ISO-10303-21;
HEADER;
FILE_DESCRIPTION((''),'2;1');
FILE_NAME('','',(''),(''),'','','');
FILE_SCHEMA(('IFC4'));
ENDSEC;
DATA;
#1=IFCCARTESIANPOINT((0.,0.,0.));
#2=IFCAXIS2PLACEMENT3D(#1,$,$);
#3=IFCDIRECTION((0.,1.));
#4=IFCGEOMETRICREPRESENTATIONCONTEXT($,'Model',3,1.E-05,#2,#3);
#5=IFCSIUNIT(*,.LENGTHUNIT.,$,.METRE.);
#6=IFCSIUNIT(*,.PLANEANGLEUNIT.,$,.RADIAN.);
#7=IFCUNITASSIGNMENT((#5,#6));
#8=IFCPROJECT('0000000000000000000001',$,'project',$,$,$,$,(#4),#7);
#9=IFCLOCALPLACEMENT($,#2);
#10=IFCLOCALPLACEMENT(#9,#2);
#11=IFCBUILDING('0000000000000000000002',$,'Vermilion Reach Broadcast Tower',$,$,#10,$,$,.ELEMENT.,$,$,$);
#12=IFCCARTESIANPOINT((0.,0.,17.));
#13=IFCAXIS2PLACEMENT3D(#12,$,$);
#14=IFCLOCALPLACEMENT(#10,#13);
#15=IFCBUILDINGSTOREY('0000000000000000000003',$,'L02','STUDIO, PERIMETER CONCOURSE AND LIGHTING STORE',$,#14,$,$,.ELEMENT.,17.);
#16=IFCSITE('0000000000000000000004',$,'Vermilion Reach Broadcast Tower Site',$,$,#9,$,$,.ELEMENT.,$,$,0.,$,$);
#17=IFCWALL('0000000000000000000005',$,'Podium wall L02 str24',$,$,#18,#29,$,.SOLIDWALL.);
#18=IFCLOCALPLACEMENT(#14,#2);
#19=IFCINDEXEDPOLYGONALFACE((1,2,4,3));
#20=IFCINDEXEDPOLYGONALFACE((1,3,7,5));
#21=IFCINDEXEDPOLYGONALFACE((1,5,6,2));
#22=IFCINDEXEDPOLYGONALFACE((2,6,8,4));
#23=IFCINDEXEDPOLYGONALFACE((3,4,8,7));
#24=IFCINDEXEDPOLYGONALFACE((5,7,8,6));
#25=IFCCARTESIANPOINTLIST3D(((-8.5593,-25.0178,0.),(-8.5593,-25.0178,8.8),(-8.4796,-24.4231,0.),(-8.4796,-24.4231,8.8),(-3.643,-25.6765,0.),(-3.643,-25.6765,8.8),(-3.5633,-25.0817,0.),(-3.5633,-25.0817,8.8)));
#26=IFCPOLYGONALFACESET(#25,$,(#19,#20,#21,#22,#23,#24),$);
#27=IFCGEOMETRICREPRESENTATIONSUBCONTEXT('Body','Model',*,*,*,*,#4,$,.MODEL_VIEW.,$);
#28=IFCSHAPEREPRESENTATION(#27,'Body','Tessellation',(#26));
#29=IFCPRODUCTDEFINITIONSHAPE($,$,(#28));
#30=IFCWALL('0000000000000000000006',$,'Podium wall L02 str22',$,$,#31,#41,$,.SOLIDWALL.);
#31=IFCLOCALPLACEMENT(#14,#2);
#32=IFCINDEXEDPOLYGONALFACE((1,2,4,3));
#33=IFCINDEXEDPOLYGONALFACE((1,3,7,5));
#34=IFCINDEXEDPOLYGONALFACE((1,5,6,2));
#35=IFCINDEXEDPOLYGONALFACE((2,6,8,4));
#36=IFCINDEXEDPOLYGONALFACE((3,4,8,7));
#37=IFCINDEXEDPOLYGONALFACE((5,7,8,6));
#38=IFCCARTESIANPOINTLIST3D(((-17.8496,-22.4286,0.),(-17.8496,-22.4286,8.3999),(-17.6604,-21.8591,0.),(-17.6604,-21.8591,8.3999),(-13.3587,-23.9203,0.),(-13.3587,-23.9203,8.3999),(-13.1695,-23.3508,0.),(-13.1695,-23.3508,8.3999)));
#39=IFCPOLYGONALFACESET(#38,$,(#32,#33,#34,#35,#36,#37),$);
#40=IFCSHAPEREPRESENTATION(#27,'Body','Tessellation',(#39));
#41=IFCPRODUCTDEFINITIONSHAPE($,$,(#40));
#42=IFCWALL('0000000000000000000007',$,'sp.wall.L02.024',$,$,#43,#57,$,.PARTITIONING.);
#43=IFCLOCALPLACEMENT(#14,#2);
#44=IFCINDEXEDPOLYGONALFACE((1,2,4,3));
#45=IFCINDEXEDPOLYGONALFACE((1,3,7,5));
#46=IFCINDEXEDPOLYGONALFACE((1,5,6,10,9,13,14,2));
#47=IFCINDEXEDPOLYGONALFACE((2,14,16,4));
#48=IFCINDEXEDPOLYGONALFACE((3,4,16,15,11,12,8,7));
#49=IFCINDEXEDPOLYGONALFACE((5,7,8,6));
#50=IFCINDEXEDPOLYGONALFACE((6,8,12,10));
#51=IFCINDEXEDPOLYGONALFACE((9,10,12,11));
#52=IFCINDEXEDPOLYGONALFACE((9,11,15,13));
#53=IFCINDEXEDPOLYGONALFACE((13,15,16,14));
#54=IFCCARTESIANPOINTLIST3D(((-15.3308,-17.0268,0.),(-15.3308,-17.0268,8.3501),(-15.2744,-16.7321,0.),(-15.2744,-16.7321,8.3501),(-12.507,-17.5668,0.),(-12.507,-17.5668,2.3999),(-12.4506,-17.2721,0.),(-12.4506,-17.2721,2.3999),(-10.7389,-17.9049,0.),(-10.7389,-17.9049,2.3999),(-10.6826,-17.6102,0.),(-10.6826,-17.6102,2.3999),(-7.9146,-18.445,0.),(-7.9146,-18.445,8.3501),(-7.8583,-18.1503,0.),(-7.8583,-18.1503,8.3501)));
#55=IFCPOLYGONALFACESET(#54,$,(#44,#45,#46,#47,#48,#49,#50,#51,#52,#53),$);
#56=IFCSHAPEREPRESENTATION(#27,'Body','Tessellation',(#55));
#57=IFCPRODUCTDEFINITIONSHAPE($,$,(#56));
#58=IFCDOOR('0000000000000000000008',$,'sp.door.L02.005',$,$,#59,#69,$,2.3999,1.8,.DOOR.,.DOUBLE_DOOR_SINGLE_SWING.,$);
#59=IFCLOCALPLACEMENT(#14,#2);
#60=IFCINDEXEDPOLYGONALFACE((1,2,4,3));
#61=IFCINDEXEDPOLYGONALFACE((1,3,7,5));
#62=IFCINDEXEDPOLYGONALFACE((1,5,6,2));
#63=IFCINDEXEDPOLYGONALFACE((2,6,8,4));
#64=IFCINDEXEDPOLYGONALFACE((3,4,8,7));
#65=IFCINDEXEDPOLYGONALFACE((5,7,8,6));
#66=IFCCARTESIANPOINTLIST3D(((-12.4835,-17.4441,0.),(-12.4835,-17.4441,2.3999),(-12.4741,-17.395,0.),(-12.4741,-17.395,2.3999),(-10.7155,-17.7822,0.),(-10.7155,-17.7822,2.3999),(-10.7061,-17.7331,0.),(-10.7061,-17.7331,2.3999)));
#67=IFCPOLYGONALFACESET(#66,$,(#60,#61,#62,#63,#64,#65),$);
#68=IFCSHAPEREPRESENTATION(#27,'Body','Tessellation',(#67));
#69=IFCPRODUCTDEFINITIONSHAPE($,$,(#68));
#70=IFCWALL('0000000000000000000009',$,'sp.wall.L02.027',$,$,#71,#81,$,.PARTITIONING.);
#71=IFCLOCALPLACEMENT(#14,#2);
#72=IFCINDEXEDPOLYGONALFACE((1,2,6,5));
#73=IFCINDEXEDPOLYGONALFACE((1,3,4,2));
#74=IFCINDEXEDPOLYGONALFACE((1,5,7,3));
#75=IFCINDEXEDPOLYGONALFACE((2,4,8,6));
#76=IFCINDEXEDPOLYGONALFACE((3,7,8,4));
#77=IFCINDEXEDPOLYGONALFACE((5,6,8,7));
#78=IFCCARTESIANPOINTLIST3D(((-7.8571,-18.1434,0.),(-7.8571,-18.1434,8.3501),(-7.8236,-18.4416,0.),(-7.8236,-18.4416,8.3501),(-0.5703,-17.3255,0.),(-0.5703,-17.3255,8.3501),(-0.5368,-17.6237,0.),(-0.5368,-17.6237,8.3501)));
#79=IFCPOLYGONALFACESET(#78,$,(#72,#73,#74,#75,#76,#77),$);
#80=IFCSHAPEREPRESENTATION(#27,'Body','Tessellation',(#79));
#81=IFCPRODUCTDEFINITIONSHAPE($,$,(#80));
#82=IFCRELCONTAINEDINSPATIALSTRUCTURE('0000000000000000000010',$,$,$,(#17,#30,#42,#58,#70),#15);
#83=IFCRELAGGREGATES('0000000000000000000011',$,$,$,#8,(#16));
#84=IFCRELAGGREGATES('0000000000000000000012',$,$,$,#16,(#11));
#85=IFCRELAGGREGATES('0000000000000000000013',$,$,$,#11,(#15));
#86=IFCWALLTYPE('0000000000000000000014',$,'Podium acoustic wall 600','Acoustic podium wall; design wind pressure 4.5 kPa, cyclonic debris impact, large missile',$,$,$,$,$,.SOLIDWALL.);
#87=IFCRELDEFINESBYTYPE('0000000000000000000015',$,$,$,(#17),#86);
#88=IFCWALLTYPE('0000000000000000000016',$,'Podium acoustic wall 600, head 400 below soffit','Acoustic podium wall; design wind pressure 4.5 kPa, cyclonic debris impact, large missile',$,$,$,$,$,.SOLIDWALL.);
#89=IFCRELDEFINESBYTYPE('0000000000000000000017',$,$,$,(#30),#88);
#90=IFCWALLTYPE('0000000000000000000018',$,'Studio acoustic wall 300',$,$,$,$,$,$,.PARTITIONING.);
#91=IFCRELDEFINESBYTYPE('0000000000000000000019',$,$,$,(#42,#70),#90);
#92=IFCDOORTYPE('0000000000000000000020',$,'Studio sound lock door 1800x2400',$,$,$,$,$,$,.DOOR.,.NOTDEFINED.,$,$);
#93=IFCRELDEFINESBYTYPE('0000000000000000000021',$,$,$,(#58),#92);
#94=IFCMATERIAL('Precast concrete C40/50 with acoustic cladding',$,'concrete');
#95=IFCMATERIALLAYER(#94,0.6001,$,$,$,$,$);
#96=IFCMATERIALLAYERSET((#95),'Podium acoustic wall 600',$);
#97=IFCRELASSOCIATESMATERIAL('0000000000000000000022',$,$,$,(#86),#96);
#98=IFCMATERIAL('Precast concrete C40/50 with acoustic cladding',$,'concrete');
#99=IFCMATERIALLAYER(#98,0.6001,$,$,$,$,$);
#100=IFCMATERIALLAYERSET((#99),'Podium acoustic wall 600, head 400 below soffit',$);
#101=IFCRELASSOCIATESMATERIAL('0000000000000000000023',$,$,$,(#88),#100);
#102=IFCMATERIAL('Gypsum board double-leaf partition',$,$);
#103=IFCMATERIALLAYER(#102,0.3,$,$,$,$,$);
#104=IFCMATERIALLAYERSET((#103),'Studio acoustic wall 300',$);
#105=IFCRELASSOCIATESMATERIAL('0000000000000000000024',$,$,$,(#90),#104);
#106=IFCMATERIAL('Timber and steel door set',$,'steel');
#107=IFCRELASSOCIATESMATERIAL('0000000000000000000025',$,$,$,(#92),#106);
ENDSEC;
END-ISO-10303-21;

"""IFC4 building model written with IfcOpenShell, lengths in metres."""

from ifc_helpers import new_model, si_unit, direction, frame, frame_2d, origin, place, context, subcontext, project, spatial, rectangle, extrude, material, layer, layer_set, type_object, element, fill, save


model = new_model("IFC4")

# Units and contexts
model_context = context("Model", 3, precision=1e-05, world=origin(), true_north=direction((0.0, 1.0)))
body_context = subcontext(model_context, "Body", "Model", "MODEL_VIEW")
ifc_project = project(units=[si_unit("LENGTHUNIT", "METRE"), si_unit("PLANEANGLEUNIT", "RADIAN")], contexts=[model_context])

# Site, building, storey
site_placement = place(None, origin())
site = spatial("IfcSite", under=ifc_project, at=site_placement, Name="Vermilion Reach Broadcast Tower Site", CompositionType="ELEMENT", RefElevation=0.0)
building_placement = place(site_placement, origin())
building = spatial("IfcBuilding", under=site, at=building_placement, Name="Vermilion Reach Broadcast Tower", CompositionType="ELEMENT")
storey_placement = place(building_placement, frame((0.0, 0.0, 17.0)))
storey = spatial("IfcBuildingStorey", under=building, at=storey_placement, Name="L02", Description="STUDIO, PERIMETER CONCOURSE AND LIGHTING STORE", CompositionType="ELEMENT", Elevation=17.0)

# Walls
ifc_material_1 = material(Name="Precast concrete C40/50 with acoustic cladding", Category="concrete")
ifc_layer_1 = layer(ifc_material_1, 0.6001)
ifc_layer_set_1 = layer_set([ifc_layer_1], Name="Podium acoustic wall 600")
wall_type_1 = type_object("IfcWallType", Name="Podium acoustic wall 600", Description="Acoustic podium wall; design wind pressure 4.5 kPa, cyclonic debris impact, large missile", PredefinedType="SOLIDWALL", material=ifc_layer_set_1)
wall_1_placement = place(storey_placement, frame((-8.5193, -24.7205, 0.0), z_axis=(0.0, 0.0, 1.0), x_axis=(0.991143, -0.132796, 0.0)))
element("IfcWall", 1, at=wall_1_placement, inside=storey, type_object=wall_type_1, Name="Podium wall L02 str24", PredefinedType="SOLIDWALL", context=body_context, shape_type="SweptSolid", body=[
    extrude(rectangle(XDim=4.9602, YDim=0.6001, at=frame_2d((2.48, 0.0))), origin(), (0.0, 0.0, 1.0), 8.8),
])
ifc_material_2 = material(Name="Precast concrete C40/50 with acoustic cladding", Category="concrete")
ifc_layer_2 = layer(ifc_material_2, 0.6001)
ifc_layer_set_2 = layer_set([ifc_layer_2], Name="Podium acoustic wall 600, head 400 below soffit")
wall_type_2 = type_object("IfcWallType", Name="Podium acoustic wall 600, head 400 below soffit", Description="Acoustic podium wall; design wind pressure 4.5 kPa, cyclonic debris impact, large missile", PredefinedType="SOLIDWALL", material=ifc_layer_set_2)
wall_2_placement = place(storey_placement, frame((-17.7551, -22.1438, 0.0), z_axis=(0.0, 0.0, 1.0), x_axis=(0.949018, -0.315222, 0.0)))
element("IfcWall", 2, at=wall_2_placement, inside=storey, type_object=wall_type_2, Name="Podium wall L02 str22", PredefinedType="SOLIDWALL", context=body_context, shape_type="SweptSolid", body=[
    extrude(rectangle(XDim=4.7322, YDim=0.6001, at=frame_2d((2.3662, 0.0))), origin(), (0.0, 0.0, 1.0), 8.3999),
])

# Wall, opening, door
ifc_material_3 = material(Name="Gypsum board double-leaf partition")
ifc_layer_3 = layer(ifc_material_3, 0.3)
ifc_layer_set_3 = layer_set([ifc_layer_3], Name="Studio acoustic wall 300")
wall_type_3 = type_object("IfcWallType", Name="Studio acoustic wall 300", PredefinedType="PARTITIONING", material=ifc_layer_set_3)
wall_3_placement = place(storey_placement, frame((-15.3027, -16.8794, 0.0), z_axis=(0.0, 0.0, 1.0), x_axis=(0.982202, -0.187827, 0.0)))
wall_3 = element("IfcWall", 3, at=wall_3_placement, inside=storey, type_object=wall_type_3, Name="sp.wall.L02.024", PredefinedType="PARTITIONING", context=body_context, shape_type="SweptSolid", body=[
    extrude(rectangle(XDim=7.5505, YDim=0.3, at=frame_2d((3.7754, 0.0))), origin(), (0.0, 0.0, 1.0), 8.3501),
])
opening_1_placement = place(wall_3_placement, frame((2.8752, 0.0, 0.0)))
opening_1 = element("IfcOpeningElement", 4, at=opening_1_placement, cuts=wall_3, PredefinedType="OPENING", context=body_context, shape_type="SweptSolid", body=[
    extrude(rectangle(XDim=1.8, YDim=2.3999, at=frame_2d((0.8999, 1.2))), frame((0.0, 0.1599, 0.0), z_axis=(0.0, -1.0, 0.0), x_axis=(1.0, 0.0, 0.0)), (0.0, 0.0, 1.0), 0.3201),
])
ifc_material_4 = material(Name="Timber and steel door set", Category="steel")
door_type_1 = type_object("IfcDoorType", Name="Studio sound lock door 1800x2400", OperationType="NOTDEFINED", PredefinedType="DOOR", material=ifc_material_4)
door_1_placement = place(opening_1_placement, origin())
door_1 = element("IfcDoor", 5, at=door_1_placement, inside=storey, type_object=door_type_1, Name="sp.door.L02.005", OperationType="DOUBLE_DOOR_SINGLE_SWING", OverallHeight=2.3999, OverallWidth=1.8, PredefinedType="DOOR", context=body_context, shape_type="SweptSolid", body=[
    extrude(rectangle(XDim=1.8, YDim=2.3999, at=frame_2d((0.8999, 1.2))), frame((0.0, 0.0249, 0.0), z_axis=(0.0, -1.0, 0.0), x_axis=(1.0, 0.0, 0.0)), (0.0, 0.0, 1.0), 0.05),
])
fill(opening_1, door_1)

# Wall
wall_4_placement = place(storey_placement, frame((-7.8403, -18.2925, 0.0), z_axis=(0.0, 0.0, 1.0), x_axis=(0.99376, 0.111539, 0.0)))
element("IfcWall", 6, at=wall_4_placement, inside=storey, type_object=wall_type_3, Name="sp.wall.L02.027", PredefinedType="PARTITIONING", context=body_context, shape_type="SweptSolid", body=[
    extrude(rectangle(XDim=7.3325, YDim=0.3, at=frame_2d((3.6663, 0.0))), origin(), (0.0, 0.0, 1.0), 8.3501),
])

save(model, "model.ifc")
